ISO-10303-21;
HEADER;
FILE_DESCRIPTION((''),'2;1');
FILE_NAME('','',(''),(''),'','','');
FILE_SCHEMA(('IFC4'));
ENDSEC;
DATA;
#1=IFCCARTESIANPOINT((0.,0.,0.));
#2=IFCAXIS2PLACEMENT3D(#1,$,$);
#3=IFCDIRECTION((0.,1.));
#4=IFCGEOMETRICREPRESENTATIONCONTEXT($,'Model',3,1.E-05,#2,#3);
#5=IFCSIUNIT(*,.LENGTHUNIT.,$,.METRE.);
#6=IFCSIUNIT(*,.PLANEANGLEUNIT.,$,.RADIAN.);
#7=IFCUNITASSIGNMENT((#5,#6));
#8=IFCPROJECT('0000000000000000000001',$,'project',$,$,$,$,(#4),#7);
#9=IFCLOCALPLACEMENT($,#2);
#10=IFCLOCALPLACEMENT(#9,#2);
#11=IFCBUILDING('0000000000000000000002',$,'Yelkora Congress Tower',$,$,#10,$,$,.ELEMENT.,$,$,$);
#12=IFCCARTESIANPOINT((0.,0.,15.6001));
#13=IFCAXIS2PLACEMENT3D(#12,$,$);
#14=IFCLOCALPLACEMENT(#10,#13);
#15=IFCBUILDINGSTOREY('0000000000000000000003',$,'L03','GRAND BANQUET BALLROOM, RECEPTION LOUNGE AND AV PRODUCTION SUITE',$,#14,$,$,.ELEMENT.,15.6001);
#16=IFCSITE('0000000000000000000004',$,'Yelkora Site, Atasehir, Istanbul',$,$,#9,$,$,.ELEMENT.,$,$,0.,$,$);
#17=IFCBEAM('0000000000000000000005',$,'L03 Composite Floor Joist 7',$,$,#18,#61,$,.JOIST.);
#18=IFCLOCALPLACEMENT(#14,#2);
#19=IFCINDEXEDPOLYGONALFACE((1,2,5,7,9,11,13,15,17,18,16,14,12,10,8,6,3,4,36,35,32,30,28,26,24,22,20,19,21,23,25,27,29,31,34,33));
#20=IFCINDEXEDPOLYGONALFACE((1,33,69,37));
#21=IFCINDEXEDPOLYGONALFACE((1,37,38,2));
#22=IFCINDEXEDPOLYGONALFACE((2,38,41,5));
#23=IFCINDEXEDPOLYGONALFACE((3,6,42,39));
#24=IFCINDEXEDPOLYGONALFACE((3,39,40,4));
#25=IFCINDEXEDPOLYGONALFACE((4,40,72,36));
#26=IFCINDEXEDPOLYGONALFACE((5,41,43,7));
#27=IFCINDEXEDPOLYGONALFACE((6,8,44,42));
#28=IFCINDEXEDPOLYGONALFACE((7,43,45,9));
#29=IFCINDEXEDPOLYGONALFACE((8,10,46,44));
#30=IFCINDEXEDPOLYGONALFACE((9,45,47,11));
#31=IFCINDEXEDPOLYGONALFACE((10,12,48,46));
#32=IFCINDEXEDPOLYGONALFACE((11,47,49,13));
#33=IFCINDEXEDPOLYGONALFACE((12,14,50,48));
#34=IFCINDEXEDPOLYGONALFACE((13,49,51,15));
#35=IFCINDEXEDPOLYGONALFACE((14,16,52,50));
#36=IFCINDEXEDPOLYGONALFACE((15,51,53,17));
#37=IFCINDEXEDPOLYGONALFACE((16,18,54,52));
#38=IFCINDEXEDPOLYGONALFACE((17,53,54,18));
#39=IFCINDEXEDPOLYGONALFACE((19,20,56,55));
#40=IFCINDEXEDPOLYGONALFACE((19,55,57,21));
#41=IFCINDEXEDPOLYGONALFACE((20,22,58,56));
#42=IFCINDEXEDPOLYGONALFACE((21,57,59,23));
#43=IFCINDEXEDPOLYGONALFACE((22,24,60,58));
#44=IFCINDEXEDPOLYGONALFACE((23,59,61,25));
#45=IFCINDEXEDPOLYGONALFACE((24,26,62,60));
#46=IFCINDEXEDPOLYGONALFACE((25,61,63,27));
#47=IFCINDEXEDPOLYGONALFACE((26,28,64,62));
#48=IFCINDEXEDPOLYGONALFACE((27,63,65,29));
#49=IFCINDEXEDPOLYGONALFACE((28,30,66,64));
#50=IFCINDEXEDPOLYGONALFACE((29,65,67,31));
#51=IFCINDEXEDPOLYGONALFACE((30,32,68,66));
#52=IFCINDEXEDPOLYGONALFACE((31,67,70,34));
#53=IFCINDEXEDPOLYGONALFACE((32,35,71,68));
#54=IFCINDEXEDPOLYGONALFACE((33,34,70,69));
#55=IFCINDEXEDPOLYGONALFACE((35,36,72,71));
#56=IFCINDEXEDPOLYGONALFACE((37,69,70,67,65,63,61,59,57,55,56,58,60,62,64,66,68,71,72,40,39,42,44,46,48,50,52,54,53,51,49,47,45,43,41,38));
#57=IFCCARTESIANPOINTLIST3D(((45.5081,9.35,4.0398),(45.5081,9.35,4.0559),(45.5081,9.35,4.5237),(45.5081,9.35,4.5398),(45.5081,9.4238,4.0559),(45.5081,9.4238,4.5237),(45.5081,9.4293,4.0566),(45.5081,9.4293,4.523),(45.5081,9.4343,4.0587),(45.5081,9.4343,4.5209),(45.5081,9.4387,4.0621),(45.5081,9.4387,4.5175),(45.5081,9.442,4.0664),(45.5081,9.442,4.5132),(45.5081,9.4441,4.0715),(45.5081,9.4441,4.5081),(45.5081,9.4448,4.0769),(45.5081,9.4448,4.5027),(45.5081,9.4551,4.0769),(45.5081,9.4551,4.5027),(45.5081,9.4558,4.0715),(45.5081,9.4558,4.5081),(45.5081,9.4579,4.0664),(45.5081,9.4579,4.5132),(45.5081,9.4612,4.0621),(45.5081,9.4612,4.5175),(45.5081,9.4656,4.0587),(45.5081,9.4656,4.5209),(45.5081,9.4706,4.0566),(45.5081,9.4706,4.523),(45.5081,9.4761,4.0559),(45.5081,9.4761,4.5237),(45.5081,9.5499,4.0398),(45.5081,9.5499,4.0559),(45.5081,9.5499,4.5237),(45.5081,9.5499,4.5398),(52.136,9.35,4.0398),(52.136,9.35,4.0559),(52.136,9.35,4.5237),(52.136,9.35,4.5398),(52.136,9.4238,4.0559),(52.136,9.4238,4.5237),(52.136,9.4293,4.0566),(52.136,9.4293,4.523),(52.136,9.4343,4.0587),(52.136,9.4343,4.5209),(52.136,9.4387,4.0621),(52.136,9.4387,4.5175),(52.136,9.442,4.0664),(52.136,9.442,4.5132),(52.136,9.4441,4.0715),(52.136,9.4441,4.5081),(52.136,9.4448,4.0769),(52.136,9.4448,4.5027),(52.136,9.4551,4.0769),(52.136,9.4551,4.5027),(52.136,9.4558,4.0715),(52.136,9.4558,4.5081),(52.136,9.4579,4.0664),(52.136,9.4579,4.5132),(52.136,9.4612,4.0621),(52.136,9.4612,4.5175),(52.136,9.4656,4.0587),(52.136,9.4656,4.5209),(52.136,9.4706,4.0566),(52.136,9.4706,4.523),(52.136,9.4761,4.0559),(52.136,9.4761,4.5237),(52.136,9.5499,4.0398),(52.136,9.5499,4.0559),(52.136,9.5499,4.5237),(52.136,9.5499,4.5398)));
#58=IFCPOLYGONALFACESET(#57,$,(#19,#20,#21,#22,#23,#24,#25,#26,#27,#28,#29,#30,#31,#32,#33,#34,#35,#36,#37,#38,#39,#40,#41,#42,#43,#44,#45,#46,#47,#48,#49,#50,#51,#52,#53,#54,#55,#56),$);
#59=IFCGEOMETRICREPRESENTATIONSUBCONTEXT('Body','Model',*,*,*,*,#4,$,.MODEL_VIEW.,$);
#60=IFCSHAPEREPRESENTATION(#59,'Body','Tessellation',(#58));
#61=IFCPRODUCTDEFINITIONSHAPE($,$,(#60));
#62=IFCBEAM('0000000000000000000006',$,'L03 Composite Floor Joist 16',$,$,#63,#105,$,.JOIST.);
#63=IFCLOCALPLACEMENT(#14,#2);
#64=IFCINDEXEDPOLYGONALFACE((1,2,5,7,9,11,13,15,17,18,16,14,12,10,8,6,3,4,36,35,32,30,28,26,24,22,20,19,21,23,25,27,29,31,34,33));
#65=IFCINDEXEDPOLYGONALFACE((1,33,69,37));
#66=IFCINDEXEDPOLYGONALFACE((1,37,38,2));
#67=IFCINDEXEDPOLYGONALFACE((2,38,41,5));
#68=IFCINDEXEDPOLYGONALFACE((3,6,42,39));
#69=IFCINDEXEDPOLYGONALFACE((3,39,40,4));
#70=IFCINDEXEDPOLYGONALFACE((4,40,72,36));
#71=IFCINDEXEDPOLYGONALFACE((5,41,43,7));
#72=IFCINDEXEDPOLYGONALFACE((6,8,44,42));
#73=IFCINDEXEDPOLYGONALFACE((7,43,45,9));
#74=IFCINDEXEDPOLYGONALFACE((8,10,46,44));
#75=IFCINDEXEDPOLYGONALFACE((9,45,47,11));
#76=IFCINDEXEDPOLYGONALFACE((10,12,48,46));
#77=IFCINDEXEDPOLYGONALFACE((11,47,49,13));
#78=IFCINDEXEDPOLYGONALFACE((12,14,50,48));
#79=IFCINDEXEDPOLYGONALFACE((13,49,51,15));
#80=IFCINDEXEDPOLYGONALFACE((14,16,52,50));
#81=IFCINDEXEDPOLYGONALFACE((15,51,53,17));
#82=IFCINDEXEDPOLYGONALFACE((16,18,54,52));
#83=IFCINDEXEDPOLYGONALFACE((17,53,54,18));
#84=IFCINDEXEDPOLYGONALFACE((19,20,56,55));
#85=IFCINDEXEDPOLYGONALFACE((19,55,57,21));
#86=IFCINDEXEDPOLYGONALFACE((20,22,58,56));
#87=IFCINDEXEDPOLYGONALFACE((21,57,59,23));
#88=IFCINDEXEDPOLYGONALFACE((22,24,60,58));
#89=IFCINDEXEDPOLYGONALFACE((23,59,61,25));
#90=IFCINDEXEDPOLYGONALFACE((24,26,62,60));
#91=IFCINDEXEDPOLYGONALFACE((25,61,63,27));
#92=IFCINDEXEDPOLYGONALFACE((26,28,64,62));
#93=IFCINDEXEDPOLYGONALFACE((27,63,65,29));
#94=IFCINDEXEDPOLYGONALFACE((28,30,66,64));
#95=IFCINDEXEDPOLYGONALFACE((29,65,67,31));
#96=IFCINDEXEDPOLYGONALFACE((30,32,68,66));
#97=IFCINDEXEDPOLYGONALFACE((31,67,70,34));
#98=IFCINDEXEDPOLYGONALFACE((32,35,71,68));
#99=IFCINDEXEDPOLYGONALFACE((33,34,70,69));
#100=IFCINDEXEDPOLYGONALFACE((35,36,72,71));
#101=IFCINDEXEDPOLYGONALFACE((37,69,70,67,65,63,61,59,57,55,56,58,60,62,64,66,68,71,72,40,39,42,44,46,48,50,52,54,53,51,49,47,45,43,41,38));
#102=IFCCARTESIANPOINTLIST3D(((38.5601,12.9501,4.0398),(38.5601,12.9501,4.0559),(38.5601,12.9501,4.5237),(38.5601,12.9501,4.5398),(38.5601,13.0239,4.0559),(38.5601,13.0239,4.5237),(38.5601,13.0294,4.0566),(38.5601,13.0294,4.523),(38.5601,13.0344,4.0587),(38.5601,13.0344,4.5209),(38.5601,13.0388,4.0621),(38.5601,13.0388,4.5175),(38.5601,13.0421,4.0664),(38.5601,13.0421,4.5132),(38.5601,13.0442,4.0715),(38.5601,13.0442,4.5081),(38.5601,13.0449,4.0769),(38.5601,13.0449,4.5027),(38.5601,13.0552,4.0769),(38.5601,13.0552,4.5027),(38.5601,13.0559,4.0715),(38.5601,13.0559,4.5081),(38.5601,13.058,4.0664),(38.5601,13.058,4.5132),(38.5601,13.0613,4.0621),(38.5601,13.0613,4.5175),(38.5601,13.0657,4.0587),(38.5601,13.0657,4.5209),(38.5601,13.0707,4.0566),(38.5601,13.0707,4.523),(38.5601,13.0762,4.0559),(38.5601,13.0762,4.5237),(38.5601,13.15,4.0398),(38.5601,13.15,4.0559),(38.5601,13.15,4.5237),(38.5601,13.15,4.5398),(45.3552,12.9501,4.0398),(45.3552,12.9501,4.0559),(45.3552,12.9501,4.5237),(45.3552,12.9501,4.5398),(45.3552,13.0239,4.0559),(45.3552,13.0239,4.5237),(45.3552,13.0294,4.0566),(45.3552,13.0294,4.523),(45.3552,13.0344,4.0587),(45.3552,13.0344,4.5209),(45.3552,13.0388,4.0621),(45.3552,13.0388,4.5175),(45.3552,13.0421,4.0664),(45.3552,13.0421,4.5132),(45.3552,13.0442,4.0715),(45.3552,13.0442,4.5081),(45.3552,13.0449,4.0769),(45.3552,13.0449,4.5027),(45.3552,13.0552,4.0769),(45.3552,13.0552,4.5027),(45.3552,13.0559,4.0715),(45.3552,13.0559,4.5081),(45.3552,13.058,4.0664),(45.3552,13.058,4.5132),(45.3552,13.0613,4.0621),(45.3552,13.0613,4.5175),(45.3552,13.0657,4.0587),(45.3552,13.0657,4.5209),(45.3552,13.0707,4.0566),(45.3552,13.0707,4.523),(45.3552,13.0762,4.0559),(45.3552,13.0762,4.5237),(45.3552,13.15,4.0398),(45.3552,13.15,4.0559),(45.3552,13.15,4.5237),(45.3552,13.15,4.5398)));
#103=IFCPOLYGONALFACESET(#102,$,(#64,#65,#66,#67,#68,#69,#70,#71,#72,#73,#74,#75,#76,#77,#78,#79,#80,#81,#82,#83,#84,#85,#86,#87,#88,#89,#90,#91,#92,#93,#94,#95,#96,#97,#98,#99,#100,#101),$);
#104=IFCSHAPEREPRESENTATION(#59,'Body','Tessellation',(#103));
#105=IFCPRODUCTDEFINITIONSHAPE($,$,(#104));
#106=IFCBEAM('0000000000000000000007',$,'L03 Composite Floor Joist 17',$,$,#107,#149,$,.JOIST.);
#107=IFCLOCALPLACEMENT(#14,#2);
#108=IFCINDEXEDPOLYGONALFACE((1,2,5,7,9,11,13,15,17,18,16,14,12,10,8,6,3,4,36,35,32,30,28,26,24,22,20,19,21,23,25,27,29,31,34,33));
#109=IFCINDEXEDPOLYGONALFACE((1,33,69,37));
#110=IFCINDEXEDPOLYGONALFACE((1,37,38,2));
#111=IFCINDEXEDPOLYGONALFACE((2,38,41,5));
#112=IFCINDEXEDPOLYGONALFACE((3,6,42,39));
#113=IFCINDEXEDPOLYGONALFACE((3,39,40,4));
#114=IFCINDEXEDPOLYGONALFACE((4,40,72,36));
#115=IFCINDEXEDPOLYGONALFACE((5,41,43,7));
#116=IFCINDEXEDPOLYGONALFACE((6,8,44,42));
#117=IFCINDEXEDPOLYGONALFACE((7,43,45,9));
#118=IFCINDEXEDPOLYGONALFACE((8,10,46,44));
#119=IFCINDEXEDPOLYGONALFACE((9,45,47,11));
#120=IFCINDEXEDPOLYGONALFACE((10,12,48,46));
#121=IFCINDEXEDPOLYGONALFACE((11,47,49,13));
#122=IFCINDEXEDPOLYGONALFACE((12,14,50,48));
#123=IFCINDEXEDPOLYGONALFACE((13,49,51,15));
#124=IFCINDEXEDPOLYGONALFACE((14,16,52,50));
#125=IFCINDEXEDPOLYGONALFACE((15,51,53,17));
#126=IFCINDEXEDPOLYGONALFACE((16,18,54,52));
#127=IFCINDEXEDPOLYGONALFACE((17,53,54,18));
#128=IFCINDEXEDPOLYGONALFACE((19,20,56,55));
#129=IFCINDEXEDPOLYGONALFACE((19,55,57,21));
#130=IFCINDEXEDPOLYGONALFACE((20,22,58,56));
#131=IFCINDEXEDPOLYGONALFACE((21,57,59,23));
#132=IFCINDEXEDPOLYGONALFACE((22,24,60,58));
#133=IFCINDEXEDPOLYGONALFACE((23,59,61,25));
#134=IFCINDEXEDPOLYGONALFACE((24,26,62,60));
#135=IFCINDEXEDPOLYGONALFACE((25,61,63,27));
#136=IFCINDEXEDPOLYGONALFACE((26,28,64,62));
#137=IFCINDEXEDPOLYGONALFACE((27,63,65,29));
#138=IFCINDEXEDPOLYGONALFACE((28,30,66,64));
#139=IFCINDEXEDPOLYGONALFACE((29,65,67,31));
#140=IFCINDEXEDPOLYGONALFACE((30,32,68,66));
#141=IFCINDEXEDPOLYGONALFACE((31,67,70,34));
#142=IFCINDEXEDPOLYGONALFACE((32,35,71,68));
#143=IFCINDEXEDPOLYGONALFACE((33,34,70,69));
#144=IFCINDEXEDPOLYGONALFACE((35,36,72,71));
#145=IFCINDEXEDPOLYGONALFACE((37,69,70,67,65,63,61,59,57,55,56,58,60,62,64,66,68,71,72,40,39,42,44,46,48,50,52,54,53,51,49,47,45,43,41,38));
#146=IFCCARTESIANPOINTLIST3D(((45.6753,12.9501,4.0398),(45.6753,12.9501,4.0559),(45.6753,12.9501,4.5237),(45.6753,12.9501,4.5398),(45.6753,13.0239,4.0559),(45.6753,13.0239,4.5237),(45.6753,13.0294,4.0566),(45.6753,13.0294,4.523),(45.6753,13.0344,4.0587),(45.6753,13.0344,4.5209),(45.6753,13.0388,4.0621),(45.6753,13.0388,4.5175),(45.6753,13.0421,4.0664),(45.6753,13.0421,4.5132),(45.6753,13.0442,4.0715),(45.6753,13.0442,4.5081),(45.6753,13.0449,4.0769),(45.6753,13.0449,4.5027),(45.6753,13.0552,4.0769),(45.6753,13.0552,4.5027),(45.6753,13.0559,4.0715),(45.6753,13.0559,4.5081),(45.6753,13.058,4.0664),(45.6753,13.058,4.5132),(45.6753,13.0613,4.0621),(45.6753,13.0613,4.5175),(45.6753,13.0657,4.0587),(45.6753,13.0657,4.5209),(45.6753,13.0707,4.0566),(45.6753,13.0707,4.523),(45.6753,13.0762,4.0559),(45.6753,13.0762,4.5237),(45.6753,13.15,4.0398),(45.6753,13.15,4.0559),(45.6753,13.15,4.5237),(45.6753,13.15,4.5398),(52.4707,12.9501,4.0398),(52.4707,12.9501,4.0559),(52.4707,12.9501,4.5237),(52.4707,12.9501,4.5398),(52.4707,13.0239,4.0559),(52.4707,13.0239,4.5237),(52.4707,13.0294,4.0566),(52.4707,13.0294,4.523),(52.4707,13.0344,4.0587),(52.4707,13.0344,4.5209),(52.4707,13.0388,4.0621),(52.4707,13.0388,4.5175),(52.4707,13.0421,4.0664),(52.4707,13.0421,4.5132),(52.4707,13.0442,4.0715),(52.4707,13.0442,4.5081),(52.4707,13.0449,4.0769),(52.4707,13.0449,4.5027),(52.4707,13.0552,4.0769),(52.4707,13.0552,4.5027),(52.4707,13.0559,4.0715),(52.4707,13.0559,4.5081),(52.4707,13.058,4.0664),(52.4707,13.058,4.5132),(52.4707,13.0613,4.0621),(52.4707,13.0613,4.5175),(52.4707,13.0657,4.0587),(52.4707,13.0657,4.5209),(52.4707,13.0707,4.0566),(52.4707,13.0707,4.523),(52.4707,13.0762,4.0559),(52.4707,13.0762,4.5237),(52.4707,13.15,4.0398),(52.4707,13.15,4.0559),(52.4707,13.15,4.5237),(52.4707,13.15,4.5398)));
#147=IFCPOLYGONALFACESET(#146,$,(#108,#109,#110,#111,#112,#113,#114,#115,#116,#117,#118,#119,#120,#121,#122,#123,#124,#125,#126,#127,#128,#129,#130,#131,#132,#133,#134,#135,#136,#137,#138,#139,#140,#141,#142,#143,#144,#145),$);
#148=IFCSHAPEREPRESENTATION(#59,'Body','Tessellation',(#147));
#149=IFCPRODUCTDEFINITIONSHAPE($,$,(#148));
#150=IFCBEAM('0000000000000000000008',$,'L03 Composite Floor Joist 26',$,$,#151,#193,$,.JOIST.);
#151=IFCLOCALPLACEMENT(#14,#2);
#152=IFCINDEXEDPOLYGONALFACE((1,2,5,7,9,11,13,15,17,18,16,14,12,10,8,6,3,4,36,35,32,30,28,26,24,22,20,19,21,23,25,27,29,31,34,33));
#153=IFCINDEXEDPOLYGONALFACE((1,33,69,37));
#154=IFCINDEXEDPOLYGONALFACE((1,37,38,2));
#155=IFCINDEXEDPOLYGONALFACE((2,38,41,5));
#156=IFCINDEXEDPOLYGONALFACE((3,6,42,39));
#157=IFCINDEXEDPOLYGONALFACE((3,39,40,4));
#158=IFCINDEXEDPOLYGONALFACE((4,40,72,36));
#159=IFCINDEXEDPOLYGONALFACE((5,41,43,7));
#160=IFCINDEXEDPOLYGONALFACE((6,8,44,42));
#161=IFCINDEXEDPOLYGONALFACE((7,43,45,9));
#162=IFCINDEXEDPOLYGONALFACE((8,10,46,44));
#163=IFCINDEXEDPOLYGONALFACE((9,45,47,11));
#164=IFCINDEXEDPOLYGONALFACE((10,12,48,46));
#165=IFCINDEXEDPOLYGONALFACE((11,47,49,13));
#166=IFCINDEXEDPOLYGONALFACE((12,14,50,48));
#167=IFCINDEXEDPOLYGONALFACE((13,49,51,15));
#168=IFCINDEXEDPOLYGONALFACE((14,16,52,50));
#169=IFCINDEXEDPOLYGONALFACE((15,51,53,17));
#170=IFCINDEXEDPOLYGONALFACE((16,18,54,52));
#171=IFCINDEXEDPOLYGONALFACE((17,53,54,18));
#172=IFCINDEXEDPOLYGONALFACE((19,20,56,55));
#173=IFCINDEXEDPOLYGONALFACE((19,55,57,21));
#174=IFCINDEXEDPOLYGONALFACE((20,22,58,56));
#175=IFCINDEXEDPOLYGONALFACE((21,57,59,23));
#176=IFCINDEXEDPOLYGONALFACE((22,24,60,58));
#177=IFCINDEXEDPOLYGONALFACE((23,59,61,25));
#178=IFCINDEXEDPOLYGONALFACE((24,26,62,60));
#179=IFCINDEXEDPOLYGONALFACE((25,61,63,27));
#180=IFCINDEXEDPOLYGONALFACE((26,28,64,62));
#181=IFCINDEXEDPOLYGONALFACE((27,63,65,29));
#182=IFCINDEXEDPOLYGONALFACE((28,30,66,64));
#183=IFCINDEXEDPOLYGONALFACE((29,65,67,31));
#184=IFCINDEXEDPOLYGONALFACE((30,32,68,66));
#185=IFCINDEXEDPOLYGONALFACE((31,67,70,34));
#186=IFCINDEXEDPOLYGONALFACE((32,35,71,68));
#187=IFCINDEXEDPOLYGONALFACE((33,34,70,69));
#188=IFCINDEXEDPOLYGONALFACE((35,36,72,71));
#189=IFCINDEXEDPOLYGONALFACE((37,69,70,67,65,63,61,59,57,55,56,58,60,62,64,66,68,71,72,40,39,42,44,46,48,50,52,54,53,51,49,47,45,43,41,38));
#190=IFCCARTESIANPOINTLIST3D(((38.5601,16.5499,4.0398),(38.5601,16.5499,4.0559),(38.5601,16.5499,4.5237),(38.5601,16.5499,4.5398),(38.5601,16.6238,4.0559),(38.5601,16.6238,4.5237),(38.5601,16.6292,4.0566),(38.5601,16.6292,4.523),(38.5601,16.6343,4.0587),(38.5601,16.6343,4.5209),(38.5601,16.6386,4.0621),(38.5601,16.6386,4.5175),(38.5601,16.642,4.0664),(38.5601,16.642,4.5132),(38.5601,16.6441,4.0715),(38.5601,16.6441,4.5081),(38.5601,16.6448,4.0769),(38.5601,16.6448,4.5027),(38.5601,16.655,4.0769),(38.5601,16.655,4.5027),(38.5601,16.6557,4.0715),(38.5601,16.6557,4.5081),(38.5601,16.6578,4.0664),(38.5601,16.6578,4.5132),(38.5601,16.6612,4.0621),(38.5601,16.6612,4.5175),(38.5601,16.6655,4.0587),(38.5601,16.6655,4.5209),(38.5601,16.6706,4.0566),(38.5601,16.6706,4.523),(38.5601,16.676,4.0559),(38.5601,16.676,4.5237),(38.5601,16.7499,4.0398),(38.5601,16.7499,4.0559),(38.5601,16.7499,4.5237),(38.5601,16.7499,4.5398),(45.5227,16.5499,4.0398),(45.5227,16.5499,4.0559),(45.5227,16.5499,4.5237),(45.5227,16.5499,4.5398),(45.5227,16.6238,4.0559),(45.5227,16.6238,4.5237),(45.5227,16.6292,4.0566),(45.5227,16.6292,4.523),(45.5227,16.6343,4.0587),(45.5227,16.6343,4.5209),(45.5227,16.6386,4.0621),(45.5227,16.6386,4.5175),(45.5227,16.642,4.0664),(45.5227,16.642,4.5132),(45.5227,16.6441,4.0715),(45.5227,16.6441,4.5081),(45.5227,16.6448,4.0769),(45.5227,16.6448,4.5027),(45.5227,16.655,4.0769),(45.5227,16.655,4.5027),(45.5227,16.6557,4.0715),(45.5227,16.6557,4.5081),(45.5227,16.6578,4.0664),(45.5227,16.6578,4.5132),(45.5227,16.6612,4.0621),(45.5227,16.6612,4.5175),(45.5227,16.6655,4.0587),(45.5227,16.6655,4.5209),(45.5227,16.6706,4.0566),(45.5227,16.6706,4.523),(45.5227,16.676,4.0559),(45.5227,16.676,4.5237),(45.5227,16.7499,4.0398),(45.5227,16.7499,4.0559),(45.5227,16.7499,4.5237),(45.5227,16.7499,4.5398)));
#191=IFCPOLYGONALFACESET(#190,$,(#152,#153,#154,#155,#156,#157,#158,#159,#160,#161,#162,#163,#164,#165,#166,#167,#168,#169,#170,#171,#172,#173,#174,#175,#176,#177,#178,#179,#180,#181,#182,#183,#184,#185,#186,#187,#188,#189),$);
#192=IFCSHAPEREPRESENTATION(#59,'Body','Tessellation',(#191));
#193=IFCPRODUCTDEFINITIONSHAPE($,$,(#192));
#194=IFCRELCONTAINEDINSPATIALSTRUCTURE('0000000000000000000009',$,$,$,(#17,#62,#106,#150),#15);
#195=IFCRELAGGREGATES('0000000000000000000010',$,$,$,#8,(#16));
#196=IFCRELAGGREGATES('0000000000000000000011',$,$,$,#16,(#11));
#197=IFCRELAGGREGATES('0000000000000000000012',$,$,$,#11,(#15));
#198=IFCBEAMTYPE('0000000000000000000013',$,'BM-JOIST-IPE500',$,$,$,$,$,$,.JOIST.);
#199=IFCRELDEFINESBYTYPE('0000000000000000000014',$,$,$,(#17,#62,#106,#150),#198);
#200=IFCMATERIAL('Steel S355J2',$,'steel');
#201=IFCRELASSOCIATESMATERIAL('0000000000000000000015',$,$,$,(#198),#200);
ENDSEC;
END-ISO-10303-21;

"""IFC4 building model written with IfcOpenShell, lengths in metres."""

from ifc_helpers import new_model, si_unit, direction, frame, origin, origin_2d, place, context, subcontext, project, spatial, i_section, extrude, material, material_profile, profile_set, type_object, element, save


model = new_model("IFC4")

# Units and contexts
model_context = context("Model", 3, precision=1e-05, world=origin(), true_north=direction((0.0, 1.0)))
body_context = subcontext(model_context, "Body", "Model", "MODEL_VIEW")
ifc_project = project(units=[si_unit("LENGTHUNIT", "METRE"), si_unit("PLANEANGLEUNIT", "RADIAN")], contexts=[model_context])

# Site, building, storey
site_placement = place(None, origin())
site = spatial("IfcSite", under=ifc_project, at=site_placement, Name="Yelkora Site, Atasehir, Istanbul", CompositionType="ELEMENT", RefElevation=0.0)
building_placement = place(site_placement, origin())
building = spatial("IfcBuilding", under=site, at=building_placement, Name="Yelkora Congress Tower", CompositionType="ELEMENT")
storey_placement = place(building_placement, frame((0.0, 0.0, 15.6001)))
storey = spatial("IfcBuildingStorey", under=building, at=storey_placement, Name="L03", Description="GRAND BANQUET BALLROOM, RECEPTION LOUNGE AND AV PRODUCTION SUITE", CompositionType="ELEMENT", Elevation=15.6001)

# Beams
ifc_material_1 = material(Name="Steel S355J2", Category="steel")
ifc_material_profile_1 = material_profile(ifc_material_1, i_section(OverallWidth=0.2, OverallDepth=0.5, WebThickness=0.0103, FlangeThickness=0.0161, FilletRadius=0.021, at=origin_2d()), Name="IPE 500")
ifc_profile_set_1 = profile_set([ifc_material_profile_1], Name="Steel S355J2")
beam_type_1 = type_object("IfcBeamType", Name="BM-JOIST-IPE500", PredefinedType="JOIST", material=ifc_profile_set_1)
for number, where, z_axis, x_axis, name in (
    (1, (45.5081, 9.45, 4.2898), (1.0, 0.0, 0.0), (0.0, 1.0, 0.0), "L03 Composite Floor Joist 7"),
):
    element("IfcBeam", number, at=place(storey_placement, frame(where, z_axis=z_axis, x_axis=x_axis)), inside=storey, type_object=beam_type_1, Name=name, PredefinedType="JOIST", context=body_context, shape_type="SweptSolid", body=[
        extrude(i_section(OverallWidth=0.2, OverallDepth=0.5, WebThickness=0.0103, FlangeThickness=0.0161, FilletRadius=0.021, at=origin_2d()), origin(), (0.0, 0.0, 1.0), 6.6279),
    ])
beam_1_placement = place(storey_placement, frame((38.5601, 13.05, 4.2898), z_axis=(1.0, 0.0, 0.0), x_axis=(0.0, 1.0, 0.0)))
element("IfcBeam", 2, at=beam_1_placement, inside=storey, type_object=beam_type_1, Name="L03 Composite Floor Joist 16", PredefinedType="JOIST", context=body_context, shape_type="SweptSolid", body=[
    extrude(i_section(OverallWidth=0.2, OverallDepth=0.5, WebThickness=0.0103, FlangeThickness=0.0161, FilletRadius=0.021, at=origin_2d()), origin(), (0.0, 0.0, 1.0), 6.7952),
])
beam_2_placement = place(storey_placement, frame((45.6753, 13.05, 4.2898), z_axis=(1.0, 0.0, 0.0), x_axis=(0.0, 1.0, 0.0)))
element("IfcBeam", 3, at=beam_2_placement, inside=storey, type_object=beam_type_1, Name="L03 Composite Floor Joist 17", PredefinedType="JOIST", context=body_context, shape_type="SweptSolid", body=[
    extrude(i_section(OverallWidth=0.2, OverallDepth=0.5, WebThickness=0.0103, FlangeThickness=0.0161, FilletRadius=0.021, at=origin_2d()), origin(), (0.0, 0.0, 1.0), 6.7954),
])
beam_3_placement = place(storey_placement, frame((38.5601, 16.6499, 4.2898), z_axis=(1.0, 0.0, 0.0), x_axis=(0.0, 1.0, 0.0)))
element("IfcBeam", 4, at=beam_3_placement, inside=storey, type_object=beam_type_1, Name="L03 Composite Floor Joist 26", PredefinedType="JOIST", context=body_context, shape_type="SweptSolid", body=[
    extrude(i_section(OverallWidth=0.2, OverallDepth=0.5, WebThickness=0.0103, FlangeThickness=0.0161, FilletRadius=0.021, at=origin_2d()), origin(), (0.0, 0.0, 1.0), 6.9626),
])

save(model, "model.ifc")
